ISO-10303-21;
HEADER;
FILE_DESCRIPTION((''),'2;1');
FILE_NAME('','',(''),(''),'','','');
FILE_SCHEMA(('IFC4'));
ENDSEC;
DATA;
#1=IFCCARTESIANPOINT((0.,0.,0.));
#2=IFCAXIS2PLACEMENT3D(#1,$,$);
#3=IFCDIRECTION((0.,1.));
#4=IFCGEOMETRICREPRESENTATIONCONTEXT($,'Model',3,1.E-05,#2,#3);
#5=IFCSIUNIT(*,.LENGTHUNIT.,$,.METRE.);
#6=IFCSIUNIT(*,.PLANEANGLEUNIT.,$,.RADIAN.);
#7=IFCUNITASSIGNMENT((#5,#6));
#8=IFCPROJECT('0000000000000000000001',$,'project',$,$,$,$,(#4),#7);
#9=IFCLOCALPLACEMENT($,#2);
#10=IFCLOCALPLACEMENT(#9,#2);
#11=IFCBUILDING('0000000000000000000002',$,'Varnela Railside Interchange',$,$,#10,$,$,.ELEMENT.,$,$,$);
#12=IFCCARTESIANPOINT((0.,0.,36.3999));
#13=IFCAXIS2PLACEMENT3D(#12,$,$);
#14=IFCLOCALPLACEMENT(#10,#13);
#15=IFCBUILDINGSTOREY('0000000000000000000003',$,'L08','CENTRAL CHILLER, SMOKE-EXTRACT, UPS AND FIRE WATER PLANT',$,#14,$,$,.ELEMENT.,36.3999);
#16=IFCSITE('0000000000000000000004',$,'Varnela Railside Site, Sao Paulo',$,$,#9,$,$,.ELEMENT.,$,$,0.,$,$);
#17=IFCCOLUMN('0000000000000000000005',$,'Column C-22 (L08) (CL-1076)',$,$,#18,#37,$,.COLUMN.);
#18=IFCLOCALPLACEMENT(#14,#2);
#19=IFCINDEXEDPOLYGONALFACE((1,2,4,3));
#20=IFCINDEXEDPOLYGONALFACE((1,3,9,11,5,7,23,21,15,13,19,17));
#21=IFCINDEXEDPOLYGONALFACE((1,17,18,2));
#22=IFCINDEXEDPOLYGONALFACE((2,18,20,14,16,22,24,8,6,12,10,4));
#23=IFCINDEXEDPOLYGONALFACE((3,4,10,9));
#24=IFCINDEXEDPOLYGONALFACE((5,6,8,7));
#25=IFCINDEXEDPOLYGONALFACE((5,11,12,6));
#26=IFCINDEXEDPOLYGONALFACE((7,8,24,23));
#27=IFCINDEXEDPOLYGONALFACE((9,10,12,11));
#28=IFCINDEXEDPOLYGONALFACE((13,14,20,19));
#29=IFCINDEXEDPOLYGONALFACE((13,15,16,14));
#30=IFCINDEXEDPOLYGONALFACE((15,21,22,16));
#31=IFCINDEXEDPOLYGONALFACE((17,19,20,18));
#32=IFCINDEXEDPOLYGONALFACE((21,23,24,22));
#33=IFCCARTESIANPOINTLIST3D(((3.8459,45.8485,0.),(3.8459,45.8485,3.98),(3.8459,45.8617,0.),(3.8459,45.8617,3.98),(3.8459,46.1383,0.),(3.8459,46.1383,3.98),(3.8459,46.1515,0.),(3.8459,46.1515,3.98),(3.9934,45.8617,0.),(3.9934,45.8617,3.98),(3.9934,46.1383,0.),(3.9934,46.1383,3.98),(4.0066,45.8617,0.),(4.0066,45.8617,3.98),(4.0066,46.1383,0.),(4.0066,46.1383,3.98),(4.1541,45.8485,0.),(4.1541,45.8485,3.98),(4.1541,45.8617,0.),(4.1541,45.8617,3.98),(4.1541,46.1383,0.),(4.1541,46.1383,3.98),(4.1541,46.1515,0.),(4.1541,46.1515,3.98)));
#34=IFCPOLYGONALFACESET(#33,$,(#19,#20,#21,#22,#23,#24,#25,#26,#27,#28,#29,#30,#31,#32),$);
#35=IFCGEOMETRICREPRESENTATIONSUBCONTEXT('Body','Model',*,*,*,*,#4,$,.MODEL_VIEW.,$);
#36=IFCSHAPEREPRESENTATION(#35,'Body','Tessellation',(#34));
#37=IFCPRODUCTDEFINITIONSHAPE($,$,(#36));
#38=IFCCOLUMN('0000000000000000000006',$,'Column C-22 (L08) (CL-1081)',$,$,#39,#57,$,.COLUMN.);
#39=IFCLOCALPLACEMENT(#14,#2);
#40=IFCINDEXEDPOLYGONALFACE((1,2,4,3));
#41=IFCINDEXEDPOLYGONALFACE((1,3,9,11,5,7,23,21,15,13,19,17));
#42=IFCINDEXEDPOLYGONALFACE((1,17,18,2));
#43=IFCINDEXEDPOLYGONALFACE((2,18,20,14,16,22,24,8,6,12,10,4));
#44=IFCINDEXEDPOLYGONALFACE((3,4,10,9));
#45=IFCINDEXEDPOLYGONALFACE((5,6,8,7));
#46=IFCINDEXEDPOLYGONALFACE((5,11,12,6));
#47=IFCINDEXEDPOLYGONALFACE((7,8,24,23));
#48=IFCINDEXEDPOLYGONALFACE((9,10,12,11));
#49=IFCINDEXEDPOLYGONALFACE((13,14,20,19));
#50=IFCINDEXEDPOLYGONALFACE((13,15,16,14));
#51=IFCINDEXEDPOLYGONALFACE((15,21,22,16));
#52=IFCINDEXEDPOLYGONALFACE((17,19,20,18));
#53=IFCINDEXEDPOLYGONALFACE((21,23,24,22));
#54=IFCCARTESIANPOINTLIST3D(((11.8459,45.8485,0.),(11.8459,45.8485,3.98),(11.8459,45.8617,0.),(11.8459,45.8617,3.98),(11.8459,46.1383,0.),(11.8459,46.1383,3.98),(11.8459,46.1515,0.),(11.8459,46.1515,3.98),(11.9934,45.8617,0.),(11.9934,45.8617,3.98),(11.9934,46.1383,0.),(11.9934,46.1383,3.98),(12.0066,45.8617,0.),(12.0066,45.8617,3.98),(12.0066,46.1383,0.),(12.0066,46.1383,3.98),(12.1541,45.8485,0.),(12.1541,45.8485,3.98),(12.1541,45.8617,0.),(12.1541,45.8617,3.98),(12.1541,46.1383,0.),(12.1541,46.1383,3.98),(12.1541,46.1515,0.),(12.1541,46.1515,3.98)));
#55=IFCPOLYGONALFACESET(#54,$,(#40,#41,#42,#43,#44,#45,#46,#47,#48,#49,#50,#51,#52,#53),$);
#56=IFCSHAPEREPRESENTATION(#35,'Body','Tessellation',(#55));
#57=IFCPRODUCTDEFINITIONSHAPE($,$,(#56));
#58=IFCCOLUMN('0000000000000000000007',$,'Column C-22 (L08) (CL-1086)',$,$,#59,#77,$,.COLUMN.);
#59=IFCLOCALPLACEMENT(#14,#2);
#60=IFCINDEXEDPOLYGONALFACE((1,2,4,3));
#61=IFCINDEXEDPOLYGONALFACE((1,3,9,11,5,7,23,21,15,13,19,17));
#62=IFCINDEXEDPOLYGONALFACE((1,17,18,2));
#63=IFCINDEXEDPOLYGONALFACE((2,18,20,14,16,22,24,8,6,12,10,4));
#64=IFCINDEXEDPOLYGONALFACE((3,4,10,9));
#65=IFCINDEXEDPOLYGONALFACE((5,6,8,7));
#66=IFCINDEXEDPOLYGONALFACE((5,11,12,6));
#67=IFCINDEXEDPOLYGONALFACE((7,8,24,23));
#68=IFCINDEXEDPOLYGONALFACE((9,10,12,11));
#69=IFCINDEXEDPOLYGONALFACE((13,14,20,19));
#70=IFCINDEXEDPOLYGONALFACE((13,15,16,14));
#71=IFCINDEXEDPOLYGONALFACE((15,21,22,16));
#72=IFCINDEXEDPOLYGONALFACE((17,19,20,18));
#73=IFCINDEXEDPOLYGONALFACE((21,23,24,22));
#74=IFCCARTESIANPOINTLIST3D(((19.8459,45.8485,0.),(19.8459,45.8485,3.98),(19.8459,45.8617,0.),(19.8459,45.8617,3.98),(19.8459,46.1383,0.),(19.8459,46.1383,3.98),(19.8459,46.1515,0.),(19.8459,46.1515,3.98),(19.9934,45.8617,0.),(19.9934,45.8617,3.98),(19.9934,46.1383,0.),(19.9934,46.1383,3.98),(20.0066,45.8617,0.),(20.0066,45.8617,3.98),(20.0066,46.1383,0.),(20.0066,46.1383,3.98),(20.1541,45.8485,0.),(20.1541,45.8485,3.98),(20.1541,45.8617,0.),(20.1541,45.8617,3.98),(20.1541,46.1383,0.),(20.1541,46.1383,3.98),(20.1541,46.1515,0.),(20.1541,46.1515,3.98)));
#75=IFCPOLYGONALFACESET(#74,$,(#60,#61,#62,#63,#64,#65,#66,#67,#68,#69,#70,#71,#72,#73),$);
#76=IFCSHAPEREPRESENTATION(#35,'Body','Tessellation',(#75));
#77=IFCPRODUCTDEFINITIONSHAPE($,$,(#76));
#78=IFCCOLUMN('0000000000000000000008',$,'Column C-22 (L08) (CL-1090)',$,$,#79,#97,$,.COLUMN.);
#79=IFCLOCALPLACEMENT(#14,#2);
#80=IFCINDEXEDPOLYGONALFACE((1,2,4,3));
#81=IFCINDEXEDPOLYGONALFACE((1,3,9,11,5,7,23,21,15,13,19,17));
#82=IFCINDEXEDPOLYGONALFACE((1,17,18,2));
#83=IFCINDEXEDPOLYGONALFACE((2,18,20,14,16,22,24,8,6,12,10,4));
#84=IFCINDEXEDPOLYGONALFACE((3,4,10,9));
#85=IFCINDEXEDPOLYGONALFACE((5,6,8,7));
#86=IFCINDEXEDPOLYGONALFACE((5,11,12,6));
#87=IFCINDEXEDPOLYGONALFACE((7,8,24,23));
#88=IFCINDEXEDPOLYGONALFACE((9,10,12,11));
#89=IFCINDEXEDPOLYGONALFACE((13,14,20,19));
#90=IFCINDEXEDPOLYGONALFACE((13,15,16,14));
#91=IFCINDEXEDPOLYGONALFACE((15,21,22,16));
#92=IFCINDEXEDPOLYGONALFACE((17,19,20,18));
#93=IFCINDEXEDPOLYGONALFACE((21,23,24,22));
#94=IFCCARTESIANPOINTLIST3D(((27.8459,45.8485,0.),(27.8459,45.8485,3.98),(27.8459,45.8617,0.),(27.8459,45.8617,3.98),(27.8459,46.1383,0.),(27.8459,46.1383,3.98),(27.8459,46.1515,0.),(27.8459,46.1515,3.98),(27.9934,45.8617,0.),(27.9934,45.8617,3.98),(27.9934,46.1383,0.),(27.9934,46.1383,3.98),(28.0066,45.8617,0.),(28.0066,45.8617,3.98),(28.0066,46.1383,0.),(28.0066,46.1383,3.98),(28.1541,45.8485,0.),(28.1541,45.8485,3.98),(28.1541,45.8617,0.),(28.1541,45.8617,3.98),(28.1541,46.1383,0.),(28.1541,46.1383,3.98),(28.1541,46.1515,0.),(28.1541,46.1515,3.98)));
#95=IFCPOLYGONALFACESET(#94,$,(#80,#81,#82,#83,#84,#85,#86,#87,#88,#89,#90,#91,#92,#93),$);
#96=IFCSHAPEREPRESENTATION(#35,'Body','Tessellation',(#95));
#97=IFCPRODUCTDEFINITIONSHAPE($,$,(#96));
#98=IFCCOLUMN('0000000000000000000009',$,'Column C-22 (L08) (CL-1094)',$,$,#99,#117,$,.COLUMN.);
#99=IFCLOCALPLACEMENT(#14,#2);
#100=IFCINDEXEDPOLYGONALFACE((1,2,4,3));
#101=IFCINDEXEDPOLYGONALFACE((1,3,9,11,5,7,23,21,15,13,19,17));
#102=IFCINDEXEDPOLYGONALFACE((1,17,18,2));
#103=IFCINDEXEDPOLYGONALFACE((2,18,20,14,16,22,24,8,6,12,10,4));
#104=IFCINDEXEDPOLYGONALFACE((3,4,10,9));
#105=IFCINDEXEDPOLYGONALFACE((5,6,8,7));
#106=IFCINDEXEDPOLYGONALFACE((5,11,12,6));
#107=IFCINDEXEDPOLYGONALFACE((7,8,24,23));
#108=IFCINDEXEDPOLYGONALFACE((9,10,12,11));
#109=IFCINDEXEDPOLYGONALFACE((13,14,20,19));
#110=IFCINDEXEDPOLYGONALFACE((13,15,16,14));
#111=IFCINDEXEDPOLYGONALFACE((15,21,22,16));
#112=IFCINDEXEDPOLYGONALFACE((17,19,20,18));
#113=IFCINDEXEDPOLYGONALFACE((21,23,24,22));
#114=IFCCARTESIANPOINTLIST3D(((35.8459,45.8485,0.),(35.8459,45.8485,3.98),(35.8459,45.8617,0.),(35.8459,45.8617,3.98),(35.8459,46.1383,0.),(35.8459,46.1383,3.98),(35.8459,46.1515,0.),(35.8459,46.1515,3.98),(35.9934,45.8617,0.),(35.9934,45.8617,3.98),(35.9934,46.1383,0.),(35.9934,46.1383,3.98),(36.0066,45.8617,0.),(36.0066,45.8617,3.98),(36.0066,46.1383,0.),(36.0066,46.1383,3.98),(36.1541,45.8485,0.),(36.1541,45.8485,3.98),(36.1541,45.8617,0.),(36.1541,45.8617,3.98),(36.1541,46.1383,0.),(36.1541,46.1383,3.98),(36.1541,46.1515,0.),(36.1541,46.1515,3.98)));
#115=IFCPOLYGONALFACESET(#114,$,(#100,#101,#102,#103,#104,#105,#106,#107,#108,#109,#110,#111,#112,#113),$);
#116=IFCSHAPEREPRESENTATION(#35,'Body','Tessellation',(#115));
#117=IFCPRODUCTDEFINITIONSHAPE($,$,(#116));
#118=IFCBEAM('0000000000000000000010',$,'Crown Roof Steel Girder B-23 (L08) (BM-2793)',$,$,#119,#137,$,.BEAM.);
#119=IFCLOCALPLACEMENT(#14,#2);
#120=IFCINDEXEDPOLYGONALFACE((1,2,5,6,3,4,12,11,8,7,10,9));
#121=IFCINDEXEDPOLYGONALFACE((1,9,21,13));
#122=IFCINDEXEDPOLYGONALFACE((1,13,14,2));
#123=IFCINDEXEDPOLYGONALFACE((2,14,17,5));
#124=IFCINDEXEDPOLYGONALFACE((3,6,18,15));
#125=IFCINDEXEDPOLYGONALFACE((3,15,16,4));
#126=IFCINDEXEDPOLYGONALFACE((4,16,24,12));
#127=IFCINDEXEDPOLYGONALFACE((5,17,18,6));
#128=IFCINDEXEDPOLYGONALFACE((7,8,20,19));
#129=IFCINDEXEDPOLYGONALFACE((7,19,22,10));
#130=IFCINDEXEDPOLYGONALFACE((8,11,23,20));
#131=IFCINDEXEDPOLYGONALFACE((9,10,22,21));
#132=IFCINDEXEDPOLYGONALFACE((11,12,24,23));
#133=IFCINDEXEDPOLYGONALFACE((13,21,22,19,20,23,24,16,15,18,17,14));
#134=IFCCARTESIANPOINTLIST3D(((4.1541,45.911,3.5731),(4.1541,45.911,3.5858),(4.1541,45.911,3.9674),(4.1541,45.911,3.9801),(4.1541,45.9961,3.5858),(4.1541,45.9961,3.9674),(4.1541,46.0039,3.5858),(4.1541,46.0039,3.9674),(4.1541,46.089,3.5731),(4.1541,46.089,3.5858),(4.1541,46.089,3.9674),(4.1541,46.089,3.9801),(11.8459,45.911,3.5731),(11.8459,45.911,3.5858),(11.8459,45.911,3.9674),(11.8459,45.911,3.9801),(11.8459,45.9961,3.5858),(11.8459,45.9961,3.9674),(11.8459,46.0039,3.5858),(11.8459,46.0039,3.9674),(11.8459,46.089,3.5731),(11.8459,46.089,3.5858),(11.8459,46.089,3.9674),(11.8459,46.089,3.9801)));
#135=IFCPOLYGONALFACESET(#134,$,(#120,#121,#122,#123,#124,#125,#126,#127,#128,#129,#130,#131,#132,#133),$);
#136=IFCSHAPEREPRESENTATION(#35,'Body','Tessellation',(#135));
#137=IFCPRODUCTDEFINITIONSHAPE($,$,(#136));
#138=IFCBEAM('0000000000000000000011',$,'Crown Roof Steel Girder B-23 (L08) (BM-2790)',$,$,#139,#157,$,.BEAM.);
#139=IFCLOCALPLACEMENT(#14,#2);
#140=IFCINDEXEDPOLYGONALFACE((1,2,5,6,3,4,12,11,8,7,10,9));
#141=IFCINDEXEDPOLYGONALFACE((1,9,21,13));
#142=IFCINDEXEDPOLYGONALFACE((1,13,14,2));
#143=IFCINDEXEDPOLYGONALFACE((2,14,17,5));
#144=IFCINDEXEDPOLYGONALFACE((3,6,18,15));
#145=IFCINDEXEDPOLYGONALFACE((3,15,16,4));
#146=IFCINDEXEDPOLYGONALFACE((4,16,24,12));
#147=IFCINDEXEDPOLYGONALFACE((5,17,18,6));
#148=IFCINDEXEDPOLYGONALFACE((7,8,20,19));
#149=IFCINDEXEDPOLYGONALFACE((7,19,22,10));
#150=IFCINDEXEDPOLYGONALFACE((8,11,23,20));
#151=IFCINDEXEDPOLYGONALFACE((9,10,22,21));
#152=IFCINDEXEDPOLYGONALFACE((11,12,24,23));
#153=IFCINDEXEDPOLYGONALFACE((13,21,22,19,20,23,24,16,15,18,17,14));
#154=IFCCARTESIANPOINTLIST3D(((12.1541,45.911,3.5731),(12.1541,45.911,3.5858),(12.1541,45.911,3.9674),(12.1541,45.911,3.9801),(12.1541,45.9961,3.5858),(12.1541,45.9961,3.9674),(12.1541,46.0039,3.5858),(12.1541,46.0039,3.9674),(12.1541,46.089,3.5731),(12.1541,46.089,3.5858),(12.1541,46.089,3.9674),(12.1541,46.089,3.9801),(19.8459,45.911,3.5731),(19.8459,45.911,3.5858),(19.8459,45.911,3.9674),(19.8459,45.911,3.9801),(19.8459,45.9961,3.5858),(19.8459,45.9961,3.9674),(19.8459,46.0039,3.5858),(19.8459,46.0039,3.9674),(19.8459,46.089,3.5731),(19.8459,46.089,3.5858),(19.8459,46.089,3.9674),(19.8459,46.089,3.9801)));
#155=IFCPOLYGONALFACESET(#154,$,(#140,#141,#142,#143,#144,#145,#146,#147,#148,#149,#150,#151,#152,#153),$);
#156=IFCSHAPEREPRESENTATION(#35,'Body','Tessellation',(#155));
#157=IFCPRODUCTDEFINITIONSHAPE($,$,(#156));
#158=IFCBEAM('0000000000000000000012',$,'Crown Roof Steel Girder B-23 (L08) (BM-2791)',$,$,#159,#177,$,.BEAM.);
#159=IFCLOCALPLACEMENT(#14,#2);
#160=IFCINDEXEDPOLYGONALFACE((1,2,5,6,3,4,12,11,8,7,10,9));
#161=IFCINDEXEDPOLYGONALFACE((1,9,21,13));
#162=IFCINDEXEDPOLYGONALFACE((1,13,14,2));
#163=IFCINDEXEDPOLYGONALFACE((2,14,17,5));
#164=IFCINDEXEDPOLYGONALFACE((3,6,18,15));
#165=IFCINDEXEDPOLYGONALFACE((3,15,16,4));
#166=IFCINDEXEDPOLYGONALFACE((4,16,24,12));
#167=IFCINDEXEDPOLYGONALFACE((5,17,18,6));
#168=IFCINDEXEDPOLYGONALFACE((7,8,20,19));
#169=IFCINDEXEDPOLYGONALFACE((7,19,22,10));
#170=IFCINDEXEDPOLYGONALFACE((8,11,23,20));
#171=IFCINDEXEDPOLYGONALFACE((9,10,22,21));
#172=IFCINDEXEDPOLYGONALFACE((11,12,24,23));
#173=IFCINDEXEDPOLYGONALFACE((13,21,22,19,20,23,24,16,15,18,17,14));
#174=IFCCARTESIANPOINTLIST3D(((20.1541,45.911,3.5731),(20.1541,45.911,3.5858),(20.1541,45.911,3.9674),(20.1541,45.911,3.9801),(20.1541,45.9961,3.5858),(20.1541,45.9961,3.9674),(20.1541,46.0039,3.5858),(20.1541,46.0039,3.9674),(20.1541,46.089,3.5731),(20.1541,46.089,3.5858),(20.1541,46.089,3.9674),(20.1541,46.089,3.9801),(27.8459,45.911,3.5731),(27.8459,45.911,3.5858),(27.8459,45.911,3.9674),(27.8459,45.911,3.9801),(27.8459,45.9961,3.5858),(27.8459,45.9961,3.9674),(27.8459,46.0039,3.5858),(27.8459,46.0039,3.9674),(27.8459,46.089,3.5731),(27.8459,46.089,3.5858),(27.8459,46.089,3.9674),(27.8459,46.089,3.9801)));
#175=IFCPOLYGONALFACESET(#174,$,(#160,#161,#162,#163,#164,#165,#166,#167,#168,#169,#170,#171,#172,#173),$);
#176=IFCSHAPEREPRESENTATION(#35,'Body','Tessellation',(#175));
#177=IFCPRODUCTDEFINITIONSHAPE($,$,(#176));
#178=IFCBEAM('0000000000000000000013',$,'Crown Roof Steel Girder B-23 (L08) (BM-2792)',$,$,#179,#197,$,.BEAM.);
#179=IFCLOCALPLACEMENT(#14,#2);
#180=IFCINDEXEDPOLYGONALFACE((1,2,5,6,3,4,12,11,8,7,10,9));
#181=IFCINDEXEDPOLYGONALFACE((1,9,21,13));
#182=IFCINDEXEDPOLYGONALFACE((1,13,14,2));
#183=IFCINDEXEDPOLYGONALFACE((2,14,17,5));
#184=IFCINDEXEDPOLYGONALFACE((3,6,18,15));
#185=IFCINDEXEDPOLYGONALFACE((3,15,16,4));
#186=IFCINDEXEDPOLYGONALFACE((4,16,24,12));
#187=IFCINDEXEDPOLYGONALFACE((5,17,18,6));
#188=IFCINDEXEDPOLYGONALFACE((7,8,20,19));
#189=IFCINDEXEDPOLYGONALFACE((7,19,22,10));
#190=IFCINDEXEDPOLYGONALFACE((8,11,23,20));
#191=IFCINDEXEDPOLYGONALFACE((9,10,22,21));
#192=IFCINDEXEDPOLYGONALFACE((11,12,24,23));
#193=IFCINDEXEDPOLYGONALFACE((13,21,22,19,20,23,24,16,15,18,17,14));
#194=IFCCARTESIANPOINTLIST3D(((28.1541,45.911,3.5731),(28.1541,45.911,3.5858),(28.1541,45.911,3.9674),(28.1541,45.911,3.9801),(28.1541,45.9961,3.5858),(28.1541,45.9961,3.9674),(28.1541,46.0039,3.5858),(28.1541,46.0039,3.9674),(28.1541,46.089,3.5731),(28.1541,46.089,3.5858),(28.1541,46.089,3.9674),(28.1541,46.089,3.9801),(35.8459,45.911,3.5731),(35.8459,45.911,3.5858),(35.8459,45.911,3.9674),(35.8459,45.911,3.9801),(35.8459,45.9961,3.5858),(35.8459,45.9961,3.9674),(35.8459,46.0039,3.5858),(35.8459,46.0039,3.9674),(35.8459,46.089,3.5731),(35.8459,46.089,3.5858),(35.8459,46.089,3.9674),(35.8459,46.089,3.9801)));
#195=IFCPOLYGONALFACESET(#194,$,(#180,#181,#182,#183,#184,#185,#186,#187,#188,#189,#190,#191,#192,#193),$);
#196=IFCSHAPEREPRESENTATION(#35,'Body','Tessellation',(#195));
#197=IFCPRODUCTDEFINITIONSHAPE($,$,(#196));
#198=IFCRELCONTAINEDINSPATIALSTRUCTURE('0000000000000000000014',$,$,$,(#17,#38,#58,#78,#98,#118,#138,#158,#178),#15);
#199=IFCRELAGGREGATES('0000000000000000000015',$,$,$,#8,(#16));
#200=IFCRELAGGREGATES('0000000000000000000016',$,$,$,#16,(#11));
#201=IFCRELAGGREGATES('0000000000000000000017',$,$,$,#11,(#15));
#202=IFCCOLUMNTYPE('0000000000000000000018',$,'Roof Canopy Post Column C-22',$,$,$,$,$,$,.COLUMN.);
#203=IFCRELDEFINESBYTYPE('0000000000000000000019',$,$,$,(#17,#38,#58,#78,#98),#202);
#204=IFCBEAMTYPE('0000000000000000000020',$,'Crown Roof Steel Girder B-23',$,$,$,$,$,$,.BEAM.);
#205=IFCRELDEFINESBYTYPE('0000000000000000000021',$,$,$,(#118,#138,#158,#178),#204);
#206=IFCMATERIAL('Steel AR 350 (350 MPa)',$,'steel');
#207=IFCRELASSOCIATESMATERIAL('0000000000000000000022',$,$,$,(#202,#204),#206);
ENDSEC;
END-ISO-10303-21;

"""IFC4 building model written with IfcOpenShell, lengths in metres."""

from ifc_helpers import new_model, si_unit, direction, frame, origin, origin_2d, place, context, subcontext, project, spatial, i_section, extrude, material, material_profile, profile_set, type_object, element, save


model = new_model("IFC4")

# Units and contexts
model_context = context("Model", 3, precision=1e-05, world=origin(), true_north=direction((0.0, 1.0)))
body_context = subcontext(model_context, "Body", "Model", "MODEL_VIEW")
ifc_project = project(units=[si_unit("LENGTHUNIT", "METRE"), si_unit("PLANEANGLEUNIT", "RADIAN")], contexts=[model_context])

# Site, building, storey
site_placement = place(None, origin())
site = spatial("IfcSite", under=ifc_project, at=site_placement, Name="Varnela Railside Site, Sao Paulo", CompositionType="ELEMENT", RefElevation=0.0)
building_placement = place(site_placement, origin())
building = spatial("IfcBuilding", under=site, at=building_placement, Name="Varnela Railside Interchange", CompositionType="ELEMENT")
storey_placement = place(building_placement, frame((0.0, 0.0, 36.3999)))
storey = spatial("IfcBuildingStorey", under=building, at=storey_placement, Name="L08", Description="CENTRAL CHILLER, SMOKE-EXTRACT, UPS AND FIRE WATER PLANT", CompositionType="ELEMENT", Elevation=36.3999)

# Columns
ifc_material_1 = material(Name="Steel AR 350 (350 MPa)", Category="steel")
ifc_material_profile_1 = material_profile(ifc_material_1, i_section(OverallWidth=0.3081, OverallDepth=0.303, WebThickness=0.0132, FlangeThickness=0.0132, at=origin_2d()), Name="HP310x93")
ifc_profile_set_1 = profile_set([ifc_material_profile_1], Name="Steel AR 350 (350 MPa)")
column_type = type_object("IfcColumnType", Name="Roof Canopy Post Column C-22", PredefinedType="COLUMN", material=ifc_profile_set_1)
for number, where, z_axis, x_axis, name in (
    (1, (4.0, 46.0, 0.0), (0.0, 0.0, 1.0), (1.0, 0.0, 0.0), "Column C-22 (L08) (CL-1076)"),
    (2, (12.0, 46.0, 0.0), (0.0, 0.0, 1.0), (1.0, 0.0, 0.0), "Column C-22 (L08) (CL-1081)"),
    (3, (20.0, 46.0, 0.0), (0.0, 0.0, 1.0), (1.0, 0.0, 0.0), "Column C-22 (L08) (CL-1086)"),
    (4, (28.0, 46.0, 0.0), (0.0, 0.0, 1.0), (1.0, 0.0, 0.0), "Column C-22 (L08) (CL-1090)"),
    (5, (36.0, 46.0, 0.0), (0.0, 0.0, 1.0), (1.0, 0.0, 0.0), "Column C-22 (L08) (CL-1094)"),
):
    element("IfcColumn", number, at=place(storey_placement, frame(where, z_axis=z_axis, x_axis=x_axis)), inside=storey, type_object=column_type, Name=name, PredefinedType="COLUMN", context=body_context, shape_type="SweptSolid", body=[
        extrude(i_section(OverallWidth=0.3081, OverallDepth=0.303, WebThickness=0.0132, FlangeThickness=0.0132, at=origin_2d()), origin(), (0.0, 0.0, 1.0), 3.98),
    ])

# Beams
ifc_material_profile_2 = material_profile(ifc_material_1, i_section(OverallWidth=0.178, OverallDepth=0.407, WebThickness=0.0078, FlangeThickness=0.0127, at=origin_2d()), Name="W410x60")
ifc_profile_set_2 = profile_set([ifc_material_profile_2], Name="Steel AR 350 (350 MPa)")
beam_type = type_object("IfcBeamType", Name="Crown Roof Steel Girder B-23", PredefinedType="BEAM", material=ifc_profile_set_2)
for number, where, z_axis, x_axis, name in (
    (6, (4.1541, 46.0, 3.7766), (1.0, 0.0, 0.0), (0.0, 1.0, 0.0), "Crown Roof Steel Girder B-23 (L08) (BM-2793)"),
    (7, (12.1541, 46.0, 3.7766), (1.0, 0.0, 0.0), (0.0, 1.0, 0.0), "Crown Roof Steel Girder B-23 (L08) (BM-2790)"),
    (8, (20.1541, 46.0, 3.7766), (1.0, 0.0, 0.0), (0.0, 1.0, 0.0), "Crown Roof Steel Girder B-23 (L08) (BM-2791)"),
    (9, (28.1541, 46.0, 3.7766), (1.0, 0.0, 0.0), (0.0, 1.0, 0.0), "Crown Roof Steel Girder B-23 (L08) (BM-2792)"),
):
    element("IfcBeam", number, at=place(storey_placement, frame(where, z_axis=z_axis, x_axis=x_axis)), inside=storey, type_object=beam_type, Name=name, PredefinedType="BEAM", context=body_context, shape_type="SweptSolid", body=[
        extrude(i_section(OverallWidth=0.178, OverallDepth=0.407, WebThickness=0.0078, FlangeThickness=0.0127, at=origin_2d()), origin(), (0.0, 0.0, 1.0), 7.6919),
    ])

save(model, "model.ifc")
